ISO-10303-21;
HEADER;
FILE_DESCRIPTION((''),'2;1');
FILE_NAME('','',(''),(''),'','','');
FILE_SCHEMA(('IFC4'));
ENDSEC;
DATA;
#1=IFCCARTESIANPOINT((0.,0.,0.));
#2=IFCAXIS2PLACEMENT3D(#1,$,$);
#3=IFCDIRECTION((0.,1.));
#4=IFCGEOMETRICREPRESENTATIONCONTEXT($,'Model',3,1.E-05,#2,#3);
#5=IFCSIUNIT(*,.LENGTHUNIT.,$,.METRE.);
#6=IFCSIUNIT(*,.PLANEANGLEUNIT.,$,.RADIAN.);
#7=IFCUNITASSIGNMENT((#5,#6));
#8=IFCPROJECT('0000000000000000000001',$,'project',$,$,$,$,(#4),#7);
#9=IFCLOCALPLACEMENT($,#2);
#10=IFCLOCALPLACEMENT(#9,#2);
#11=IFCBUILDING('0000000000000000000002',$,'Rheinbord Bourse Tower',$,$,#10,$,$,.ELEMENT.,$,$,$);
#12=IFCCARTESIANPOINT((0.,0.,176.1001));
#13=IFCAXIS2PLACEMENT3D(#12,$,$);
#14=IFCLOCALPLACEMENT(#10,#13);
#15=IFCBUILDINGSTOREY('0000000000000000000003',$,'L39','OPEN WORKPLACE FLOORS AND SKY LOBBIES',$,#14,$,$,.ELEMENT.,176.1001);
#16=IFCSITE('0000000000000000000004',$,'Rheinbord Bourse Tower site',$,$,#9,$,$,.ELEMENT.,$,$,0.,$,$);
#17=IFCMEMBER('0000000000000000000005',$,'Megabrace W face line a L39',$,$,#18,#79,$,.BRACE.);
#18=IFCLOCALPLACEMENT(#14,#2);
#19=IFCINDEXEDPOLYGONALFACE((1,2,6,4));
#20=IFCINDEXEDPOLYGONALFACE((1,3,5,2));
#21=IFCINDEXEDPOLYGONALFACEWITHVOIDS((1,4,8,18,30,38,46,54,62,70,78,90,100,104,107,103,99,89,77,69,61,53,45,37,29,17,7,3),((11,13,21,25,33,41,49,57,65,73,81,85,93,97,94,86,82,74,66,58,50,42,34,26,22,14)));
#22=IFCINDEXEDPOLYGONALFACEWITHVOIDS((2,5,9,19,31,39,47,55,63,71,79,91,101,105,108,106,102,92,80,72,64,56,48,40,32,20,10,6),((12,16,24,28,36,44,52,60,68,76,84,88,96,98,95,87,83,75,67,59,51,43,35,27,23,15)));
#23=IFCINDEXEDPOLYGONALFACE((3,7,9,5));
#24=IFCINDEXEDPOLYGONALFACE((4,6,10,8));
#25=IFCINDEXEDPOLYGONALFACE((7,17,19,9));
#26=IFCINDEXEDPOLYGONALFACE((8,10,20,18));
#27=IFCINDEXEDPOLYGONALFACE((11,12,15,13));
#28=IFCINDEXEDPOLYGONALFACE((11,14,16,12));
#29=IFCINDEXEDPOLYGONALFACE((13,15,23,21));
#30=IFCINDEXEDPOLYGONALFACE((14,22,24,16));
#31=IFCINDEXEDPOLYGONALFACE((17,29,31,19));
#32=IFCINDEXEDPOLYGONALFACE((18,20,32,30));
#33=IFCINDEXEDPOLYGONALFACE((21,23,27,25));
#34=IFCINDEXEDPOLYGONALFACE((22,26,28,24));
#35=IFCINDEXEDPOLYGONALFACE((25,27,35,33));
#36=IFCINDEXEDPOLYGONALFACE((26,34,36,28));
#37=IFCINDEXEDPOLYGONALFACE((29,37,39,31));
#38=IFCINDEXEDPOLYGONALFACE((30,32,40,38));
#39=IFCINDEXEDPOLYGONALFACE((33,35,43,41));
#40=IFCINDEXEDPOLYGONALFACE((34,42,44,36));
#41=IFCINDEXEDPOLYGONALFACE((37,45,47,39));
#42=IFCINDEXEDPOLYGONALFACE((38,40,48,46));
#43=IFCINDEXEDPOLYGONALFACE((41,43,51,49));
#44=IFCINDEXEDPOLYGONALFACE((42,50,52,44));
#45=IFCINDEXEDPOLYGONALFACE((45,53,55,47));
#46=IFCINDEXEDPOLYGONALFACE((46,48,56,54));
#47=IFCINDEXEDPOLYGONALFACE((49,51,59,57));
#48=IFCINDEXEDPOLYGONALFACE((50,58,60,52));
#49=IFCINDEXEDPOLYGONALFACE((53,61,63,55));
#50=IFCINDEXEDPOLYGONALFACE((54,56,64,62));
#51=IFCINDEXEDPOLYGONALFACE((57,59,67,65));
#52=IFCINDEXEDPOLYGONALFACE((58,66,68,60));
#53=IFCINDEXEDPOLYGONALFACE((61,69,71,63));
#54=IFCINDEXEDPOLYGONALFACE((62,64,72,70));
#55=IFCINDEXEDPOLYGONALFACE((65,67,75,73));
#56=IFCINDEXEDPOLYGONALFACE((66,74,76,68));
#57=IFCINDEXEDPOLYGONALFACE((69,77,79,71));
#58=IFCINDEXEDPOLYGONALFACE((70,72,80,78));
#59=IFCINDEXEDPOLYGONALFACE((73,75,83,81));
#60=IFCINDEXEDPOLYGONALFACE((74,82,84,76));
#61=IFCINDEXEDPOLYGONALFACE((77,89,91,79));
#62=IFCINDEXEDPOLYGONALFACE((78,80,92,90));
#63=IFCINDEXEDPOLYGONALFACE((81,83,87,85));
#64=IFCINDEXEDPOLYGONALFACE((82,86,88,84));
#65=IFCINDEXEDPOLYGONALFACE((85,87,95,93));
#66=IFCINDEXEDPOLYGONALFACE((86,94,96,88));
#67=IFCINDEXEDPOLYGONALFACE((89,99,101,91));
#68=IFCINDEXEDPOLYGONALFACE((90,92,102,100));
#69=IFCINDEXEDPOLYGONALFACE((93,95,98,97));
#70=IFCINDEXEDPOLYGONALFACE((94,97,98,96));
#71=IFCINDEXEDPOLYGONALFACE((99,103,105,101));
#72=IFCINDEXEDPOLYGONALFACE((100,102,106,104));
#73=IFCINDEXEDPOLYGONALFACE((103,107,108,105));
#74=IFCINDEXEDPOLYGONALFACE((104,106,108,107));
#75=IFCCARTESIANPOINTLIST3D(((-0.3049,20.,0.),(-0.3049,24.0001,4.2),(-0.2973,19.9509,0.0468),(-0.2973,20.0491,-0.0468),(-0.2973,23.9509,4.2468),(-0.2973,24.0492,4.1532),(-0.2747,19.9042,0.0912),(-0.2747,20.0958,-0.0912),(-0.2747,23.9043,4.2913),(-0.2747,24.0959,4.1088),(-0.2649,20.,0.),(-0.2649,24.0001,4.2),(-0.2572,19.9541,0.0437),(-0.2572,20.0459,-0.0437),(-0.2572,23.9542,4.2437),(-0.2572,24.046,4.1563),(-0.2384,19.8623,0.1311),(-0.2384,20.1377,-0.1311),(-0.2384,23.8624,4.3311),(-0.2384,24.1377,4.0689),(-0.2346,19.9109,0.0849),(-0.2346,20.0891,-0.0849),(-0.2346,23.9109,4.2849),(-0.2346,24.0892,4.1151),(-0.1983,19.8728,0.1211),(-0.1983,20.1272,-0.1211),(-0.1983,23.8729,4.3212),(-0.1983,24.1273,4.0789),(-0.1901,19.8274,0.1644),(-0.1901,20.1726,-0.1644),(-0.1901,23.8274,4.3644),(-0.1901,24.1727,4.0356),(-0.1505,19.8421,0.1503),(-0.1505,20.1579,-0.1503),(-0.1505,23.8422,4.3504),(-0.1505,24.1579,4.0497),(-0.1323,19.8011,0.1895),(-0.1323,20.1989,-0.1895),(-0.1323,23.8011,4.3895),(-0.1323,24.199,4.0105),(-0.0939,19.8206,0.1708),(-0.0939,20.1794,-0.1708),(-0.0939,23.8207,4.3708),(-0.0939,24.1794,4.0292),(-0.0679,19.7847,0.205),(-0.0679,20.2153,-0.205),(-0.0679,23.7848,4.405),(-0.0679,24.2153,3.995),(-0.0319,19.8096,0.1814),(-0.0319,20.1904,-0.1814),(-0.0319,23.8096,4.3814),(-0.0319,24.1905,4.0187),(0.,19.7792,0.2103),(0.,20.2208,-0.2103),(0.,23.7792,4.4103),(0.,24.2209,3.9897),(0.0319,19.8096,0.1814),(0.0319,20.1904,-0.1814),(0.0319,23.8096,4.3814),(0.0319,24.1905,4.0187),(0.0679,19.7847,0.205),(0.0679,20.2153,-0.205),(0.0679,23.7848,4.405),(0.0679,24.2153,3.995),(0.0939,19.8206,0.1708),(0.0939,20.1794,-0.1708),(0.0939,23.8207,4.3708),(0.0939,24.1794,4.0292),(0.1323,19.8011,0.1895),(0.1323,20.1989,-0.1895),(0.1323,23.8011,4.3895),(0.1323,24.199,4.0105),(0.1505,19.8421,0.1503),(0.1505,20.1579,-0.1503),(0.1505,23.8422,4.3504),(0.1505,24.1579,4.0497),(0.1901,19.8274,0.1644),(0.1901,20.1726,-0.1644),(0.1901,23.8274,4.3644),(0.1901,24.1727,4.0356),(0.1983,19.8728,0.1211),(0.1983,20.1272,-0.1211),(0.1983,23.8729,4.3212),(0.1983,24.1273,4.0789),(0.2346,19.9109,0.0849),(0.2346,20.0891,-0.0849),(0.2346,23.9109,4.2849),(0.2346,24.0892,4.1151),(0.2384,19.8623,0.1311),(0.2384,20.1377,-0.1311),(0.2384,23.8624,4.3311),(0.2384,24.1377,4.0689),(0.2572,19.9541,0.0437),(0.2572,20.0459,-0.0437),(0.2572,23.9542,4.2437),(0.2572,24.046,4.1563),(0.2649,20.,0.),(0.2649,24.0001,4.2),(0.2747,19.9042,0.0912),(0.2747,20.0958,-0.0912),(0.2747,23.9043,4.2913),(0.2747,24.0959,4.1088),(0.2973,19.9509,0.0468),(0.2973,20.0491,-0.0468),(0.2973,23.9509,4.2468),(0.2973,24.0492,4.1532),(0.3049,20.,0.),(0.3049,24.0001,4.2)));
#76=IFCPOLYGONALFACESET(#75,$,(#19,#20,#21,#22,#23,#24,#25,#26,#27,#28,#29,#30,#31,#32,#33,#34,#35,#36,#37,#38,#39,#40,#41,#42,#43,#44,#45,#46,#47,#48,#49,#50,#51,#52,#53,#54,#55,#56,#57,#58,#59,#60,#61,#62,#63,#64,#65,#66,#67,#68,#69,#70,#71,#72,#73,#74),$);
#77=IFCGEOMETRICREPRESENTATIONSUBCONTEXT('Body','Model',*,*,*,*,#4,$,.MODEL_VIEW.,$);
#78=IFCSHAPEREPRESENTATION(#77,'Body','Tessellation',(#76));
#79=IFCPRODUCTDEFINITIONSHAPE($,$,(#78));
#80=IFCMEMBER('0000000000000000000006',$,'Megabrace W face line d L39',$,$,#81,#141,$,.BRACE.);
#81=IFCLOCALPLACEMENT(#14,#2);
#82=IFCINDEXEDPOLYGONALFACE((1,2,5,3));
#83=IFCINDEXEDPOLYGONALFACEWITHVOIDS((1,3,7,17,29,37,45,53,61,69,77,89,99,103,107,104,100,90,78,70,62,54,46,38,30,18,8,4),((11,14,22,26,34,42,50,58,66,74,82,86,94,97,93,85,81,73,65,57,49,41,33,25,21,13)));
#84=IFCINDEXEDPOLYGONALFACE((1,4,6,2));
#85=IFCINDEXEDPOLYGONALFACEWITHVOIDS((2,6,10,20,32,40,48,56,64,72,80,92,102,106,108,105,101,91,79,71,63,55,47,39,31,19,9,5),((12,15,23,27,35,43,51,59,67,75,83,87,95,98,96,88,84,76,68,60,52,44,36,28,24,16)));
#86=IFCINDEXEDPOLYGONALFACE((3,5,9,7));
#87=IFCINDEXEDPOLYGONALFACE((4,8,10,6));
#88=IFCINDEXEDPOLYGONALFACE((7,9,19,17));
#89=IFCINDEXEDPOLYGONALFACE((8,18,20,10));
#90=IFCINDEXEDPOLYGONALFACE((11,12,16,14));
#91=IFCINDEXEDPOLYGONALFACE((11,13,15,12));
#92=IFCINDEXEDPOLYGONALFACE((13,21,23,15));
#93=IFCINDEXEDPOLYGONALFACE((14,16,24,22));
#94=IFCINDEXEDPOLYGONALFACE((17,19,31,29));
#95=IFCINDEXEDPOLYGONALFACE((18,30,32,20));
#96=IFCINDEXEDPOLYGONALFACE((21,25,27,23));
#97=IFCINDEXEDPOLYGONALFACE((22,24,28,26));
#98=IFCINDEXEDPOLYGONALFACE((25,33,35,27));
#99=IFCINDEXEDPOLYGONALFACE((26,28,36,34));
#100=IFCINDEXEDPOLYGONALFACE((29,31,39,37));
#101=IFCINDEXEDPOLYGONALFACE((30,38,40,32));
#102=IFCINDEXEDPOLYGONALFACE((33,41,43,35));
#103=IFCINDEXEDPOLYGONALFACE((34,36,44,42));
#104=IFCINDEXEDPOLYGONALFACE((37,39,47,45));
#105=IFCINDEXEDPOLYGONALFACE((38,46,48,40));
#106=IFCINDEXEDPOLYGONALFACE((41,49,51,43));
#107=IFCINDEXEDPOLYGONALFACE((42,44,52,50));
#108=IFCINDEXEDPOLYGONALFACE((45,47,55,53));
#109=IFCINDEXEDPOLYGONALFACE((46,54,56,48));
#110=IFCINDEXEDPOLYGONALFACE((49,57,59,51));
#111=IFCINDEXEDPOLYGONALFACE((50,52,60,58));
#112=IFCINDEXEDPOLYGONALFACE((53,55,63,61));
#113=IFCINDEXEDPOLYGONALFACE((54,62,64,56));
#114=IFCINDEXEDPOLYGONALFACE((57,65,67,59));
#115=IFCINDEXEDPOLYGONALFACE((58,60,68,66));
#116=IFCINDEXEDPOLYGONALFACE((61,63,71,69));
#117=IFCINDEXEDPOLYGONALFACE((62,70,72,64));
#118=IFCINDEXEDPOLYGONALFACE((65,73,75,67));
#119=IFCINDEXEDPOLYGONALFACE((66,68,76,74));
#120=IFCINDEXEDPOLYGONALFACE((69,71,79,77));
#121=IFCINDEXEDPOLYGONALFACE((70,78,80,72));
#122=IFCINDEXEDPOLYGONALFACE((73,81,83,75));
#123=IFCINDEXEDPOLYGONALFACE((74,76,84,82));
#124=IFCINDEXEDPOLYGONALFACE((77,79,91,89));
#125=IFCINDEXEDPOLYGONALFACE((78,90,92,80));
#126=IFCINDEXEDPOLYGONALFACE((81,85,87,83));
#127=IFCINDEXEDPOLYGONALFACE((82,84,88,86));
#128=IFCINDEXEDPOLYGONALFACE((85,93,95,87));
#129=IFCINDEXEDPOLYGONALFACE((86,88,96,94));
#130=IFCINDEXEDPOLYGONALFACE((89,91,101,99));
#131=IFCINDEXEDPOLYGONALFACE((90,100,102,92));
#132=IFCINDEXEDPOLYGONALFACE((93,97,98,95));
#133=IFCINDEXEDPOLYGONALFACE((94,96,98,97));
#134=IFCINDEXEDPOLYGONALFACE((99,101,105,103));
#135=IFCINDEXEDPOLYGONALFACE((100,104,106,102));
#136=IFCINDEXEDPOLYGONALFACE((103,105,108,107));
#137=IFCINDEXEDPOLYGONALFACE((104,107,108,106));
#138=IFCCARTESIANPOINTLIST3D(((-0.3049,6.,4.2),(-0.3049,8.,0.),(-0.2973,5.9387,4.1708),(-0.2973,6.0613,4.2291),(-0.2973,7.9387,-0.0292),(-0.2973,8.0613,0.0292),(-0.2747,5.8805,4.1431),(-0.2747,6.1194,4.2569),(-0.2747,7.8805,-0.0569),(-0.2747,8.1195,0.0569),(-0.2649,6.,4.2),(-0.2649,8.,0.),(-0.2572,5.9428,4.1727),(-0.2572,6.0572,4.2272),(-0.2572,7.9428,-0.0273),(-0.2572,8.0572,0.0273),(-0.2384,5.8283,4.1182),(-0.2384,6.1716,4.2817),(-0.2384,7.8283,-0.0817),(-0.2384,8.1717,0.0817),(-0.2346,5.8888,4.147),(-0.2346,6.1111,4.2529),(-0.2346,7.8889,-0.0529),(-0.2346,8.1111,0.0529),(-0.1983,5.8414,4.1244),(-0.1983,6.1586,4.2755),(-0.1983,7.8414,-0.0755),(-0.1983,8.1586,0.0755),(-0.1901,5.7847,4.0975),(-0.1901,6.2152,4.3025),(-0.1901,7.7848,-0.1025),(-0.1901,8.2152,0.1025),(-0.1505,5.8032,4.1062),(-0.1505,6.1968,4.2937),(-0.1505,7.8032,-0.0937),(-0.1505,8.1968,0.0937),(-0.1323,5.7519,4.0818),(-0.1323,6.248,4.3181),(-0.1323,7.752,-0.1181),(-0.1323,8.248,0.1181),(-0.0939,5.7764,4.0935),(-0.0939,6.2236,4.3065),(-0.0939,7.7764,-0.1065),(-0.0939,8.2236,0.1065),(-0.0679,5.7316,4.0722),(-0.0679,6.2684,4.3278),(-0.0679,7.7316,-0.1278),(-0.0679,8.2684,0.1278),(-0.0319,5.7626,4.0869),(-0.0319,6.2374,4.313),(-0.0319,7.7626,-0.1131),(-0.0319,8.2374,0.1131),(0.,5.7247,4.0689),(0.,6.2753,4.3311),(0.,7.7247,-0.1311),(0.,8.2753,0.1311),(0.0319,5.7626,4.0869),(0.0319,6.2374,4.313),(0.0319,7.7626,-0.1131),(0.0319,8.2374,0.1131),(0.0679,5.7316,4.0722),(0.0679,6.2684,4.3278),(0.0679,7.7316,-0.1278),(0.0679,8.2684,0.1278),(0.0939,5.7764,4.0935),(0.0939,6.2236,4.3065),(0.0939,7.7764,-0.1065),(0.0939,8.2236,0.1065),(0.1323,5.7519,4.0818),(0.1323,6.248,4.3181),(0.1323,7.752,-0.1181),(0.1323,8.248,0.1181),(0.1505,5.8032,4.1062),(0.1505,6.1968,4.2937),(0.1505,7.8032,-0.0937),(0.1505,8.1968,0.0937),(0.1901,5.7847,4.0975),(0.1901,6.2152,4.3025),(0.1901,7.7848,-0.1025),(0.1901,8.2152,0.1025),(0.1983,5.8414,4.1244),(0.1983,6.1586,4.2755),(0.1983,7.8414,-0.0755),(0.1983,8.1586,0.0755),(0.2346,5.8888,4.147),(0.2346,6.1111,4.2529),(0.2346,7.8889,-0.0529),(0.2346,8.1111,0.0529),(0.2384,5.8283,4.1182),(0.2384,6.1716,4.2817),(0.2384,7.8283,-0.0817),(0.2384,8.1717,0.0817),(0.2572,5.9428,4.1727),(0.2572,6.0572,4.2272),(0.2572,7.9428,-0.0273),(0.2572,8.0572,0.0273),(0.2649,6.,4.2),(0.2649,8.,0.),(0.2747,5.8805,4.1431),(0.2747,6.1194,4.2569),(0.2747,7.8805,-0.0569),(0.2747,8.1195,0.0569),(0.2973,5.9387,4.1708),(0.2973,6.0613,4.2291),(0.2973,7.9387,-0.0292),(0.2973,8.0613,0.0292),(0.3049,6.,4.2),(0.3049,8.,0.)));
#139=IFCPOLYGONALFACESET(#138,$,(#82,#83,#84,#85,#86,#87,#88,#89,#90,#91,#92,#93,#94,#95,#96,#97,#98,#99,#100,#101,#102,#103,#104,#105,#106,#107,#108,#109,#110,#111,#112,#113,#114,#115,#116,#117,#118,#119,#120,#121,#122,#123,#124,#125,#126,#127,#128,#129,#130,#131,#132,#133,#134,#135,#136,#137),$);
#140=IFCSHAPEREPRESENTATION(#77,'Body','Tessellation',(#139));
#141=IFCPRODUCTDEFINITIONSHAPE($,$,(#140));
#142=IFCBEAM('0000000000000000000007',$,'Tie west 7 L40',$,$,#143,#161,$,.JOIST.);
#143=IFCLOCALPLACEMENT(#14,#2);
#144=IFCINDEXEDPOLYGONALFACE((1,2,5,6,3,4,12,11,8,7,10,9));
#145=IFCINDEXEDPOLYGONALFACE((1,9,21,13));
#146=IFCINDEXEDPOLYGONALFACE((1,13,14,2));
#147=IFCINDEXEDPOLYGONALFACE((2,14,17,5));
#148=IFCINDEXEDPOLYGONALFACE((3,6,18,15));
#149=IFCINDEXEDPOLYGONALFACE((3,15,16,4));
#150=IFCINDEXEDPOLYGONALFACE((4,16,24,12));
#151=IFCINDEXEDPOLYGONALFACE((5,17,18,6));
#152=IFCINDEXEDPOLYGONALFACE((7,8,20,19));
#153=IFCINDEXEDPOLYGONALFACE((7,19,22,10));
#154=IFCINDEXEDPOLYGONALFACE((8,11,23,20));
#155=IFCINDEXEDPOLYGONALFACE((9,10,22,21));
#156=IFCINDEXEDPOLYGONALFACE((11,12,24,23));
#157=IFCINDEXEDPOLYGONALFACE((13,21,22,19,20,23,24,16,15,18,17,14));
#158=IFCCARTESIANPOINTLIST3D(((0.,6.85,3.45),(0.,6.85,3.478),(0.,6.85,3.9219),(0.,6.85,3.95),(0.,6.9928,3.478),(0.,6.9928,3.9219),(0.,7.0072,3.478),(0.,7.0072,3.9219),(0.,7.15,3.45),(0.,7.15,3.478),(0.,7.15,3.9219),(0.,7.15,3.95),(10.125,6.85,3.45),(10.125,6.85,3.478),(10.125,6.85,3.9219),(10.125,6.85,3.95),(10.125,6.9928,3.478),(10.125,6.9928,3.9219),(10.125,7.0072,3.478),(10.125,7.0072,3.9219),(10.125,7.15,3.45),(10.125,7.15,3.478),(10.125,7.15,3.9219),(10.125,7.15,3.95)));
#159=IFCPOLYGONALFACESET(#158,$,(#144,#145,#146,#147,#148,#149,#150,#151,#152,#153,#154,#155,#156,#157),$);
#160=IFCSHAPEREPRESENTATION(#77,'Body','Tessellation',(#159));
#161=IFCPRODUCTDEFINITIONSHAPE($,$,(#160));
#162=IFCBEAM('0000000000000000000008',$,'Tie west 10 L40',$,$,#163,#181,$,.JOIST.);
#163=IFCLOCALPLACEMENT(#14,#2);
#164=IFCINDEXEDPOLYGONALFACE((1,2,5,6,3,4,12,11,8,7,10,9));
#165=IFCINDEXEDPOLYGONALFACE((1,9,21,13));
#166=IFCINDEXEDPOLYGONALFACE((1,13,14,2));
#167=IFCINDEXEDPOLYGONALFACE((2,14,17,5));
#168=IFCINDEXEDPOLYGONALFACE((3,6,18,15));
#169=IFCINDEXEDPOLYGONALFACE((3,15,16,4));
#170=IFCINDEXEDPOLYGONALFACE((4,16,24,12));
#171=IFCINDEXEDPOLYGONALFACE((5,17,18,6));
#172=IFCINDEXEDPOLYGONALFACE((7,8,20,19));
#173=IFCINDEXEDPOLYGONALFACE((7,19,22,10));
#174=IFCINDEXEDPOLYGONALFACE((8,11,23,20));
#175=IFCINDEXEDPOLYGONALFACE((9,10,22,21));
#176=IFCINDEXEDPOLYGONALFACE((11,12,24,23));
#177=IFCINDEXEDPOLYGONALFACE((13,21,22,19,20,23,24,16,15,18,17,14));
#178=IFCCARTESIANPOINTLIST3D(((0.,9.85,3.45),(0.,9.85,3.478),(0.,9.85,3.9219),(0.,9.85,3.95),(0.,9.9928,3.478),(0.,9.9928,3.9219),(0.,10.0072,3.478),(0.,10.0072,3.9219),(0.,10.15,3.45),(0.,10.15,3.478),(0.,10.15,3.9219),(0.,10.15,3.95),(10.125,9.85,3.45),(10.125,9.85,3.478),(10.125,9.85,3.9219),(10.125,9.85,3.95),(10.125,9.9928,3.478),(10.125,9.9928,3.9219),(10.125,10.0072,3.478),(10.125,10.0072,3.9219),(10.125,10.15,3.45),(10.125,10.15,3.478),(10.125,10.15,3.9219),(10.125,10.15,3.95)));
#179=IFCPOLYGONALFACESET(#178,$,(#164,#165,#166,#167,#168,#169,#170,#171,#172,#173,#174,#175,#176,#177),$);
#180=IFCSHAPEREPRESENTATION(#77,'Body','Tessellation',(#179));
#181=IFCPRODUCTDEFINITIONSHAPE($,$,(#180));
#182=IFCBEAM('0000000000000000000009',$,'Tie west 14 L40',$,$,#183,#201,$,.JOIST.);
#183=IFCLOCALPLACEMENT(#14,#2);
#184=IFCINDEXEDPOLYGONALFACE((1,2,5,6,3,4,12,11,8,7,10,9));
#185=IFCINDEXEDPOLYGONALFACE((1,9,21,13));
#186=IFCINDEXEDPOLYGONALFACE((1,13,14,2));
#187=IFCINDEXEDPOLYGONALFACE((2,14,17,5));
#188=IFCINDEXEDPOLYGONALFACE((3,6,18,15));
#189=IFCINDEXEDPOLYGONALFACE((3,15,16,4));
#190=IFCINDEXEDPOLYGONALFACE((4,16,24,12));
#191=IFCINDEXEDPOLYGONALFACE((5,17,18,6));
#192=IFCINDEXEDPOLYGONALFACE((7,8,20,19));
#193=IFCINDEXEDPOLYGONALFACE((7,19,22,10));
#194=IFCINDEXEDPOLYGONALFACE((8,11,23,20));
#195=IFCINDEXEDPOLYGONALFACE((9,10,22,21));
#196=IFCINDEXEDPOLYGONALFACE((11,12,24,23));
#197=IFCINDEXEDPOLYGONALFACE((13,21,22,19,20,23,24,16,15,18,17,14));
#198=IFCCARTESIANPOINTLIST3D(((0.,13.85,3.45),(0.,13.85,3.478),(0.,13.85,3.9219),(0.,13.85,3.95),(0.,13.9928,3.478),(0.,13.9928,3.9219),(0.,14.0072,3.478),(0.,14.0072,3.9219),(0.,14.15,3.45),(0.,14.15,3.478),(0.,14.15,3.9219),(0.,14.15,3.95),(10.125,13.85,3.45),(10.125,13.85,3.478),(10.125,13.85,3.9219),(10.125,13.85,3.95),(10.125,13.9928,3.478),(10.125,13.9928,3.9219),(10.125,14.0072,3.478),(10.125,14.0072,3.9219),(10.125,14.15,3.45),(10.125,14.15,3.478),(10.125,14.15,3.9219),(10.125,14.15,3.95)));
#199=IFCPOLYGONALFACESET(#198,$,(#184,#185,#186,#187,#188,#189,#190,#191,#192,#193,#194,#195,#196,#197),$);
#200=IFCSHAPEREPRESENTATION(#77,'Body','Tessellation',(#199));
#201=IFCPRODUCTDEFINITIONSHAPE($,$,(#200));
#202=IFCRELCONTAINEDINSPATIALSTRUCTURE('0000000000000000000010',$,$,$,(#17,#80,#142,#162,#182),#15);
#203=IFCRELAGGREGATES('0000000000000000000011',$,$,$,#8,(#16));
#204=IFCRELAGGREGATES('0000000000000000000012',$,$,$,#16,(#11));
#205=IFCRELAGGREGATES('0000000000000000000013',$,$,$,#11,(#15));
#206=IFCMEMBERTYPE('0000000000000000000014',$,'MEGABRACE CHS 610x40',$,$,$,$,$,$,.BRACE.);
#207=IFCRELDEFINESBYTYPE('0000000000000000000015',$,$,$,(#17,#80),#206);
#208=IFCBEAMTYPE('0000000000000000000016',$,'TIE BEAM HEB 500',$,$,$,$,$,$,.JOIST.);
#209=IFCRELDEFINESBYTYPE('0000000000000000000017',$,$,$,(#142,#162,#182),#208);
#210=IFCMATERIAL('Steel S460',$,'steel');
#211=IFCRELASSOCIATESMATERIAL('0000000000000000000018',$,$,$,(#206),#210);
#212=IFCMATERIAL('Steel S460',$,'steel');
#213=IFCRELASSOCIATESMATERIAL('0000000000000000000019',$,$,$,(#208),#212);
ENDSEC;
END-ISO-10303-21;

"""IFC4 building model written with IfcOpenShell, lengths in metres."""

from ifc_helpers import new_model, si_unit, direction, frame, origin, origin_2d, place, context, subcontext, project, spatial, hollow_circle, i_section, extrude, material, material_profile, profile_set, type_object, element, save


model = new_model("IFC4")

# Units and contexts
model_context = context("Model", 3, precision=1e-05, world=origin(), true_north=direction((0.0, 1.0)))
body_context = subcontext(model_context, "Body", "Model", "MODEL_VIEW")
ifc_project = project(units=[si_unit("LENGTHUNIT", "METRE"), si_unit("PLANEANGLEUNIT", "RADIAN")], contexts=[model_context])

# Site, building, storey
site_placement = place(None, origin())
site = spatial("IfcSite", under=ifc_project, at=site_placement, Name="Rheinbord Bourse Tower site", CompositionType="ELEMENT", RefElevation=0.0)
building_placement = place(site_placement, origin())
building = spatial("IfcBuilding", under=site, at=building_placement, Name="Rheinbord Bourse Tower", CompositionType="ELEMENT")
storey_placement = place(building_placement, frame((0.0, 0.0, 176.1001)))
storey = spatial("IfcBuildingStorey", under=building, at=storey_placement, Name="L39", Description="OPEN WORKPLACE FLOORS AND SKY LOBBIES", CompositionType="ELEMENT", Elevation=176.1001)

# Members
ifc_material_1 = material(Name="Steel S460", Category="steel")
ifc_material_profile_1 = material_profile(ifc_material_1, hollow_circle(Radius=0.3049, WallThickness=0.04, at=origin_2d()), Name="CHS 610x40")
ifc_profile_set_1 = profile_set([ifc_material_profile_1], Name="Steel S460")
member_type_1 = type_object("IfcMemberType", Name="MEGABRACE CHS 610x40", PredefinedType="BRACE", material=ifc_profile_set_1)
member_1_placement = place(storey_placement, frame((0.0, 20.0, 0.0), z_axis=(0.0, 0.689659, 0.724134), x_axis=(-1.0, 0.0, 0.0)))
element("IfcMember", 1, at=member_1_placement, inside=storey, type_object=member_type_1, Name="Megabrace W face line a L39", PredefinedType="BRACE", context=body_context, shape_type="SweptSolid", body=[
    extrude(hollow_circle(Radius=0.3049, WallThickness=0.04, at=origin_2d()), origin(), (0.0, 0.0, 1.0), 5.8),
])
member_2_placement = place(storey_placement, frame((0.0, 8.0, 0.0), z_axis=(0.0, -0.429938, 0.902859), x_axis=(1.0, 0.0, 0.0)))
element("IfcMember", 2, at=member_2_placement, inside=storey, type_object=member_type_1, Name="Megabrace W face line d L39", PredefinedType="BRACE", context=body_context, shape_type="SweptSolid", body=[
    extrude(hollow_circle(Radius=0.3049, WallThickness=0.04, at=origin_2d()), origin(), (0.0, 0.0, 1.0), 4.6519),
])

# Beams
ifc_material_2 = material(Name="Steel S460", Category="steel")
ifc_material_profile_2 = material_profile(ifc_material_2, i_section(OverallWidth=0.3, OverallDepth=0.5, WebThickness=0.0144, FlangeThickness=0.0281, at=origin_2d()), Name="HEB 500")
ifc_profile_set_2 = profile_set([ifc_material_profile_2], Name="Steel S460")
beam_type_1 = type_object("IfcBeamType", Name="TIE BEAM HEB 500", PredefinedType="JOIST", material=ifc_profile_set_2)
for number, where, z_axis, x_axis, name in (
    (3, (0.0, 7.0, 3.7), (1.0, 0.0, 0.0), (0.0, 1.0, 0.0), "Tie west 7 L40"),
    (4, (0.0, 10.0, 3.7), (1.0, 0.0, 0.0), (0.0, 1.0, 0.0), "Tie west 10 L40"),
    (5, (0.0, 14.0, 3.7), (1.0, 0.0, 0.0), (0.0, 1.0, 0.0), "Tie west 14 L40"),
):
    element("IfcBeam", number, at=place(storey_placement, frame(where, z_axis=z_axis, x_axis=x_axis)), inside=storey, type_object=beam_type_1, Name=name, PredefinedType="JOIST", context=body_context, shape_type="SweptSolid", body=[
        extrude(i_section(OverallWidth=0.3, OverallDepth=0.5, WebThickness=0.0144, FlangeThickness=0.0281, at=origin_2d()), origin(), (0.0, 0.0, 1.0), 10.125),
    ])

save(model, "model.ifc")
